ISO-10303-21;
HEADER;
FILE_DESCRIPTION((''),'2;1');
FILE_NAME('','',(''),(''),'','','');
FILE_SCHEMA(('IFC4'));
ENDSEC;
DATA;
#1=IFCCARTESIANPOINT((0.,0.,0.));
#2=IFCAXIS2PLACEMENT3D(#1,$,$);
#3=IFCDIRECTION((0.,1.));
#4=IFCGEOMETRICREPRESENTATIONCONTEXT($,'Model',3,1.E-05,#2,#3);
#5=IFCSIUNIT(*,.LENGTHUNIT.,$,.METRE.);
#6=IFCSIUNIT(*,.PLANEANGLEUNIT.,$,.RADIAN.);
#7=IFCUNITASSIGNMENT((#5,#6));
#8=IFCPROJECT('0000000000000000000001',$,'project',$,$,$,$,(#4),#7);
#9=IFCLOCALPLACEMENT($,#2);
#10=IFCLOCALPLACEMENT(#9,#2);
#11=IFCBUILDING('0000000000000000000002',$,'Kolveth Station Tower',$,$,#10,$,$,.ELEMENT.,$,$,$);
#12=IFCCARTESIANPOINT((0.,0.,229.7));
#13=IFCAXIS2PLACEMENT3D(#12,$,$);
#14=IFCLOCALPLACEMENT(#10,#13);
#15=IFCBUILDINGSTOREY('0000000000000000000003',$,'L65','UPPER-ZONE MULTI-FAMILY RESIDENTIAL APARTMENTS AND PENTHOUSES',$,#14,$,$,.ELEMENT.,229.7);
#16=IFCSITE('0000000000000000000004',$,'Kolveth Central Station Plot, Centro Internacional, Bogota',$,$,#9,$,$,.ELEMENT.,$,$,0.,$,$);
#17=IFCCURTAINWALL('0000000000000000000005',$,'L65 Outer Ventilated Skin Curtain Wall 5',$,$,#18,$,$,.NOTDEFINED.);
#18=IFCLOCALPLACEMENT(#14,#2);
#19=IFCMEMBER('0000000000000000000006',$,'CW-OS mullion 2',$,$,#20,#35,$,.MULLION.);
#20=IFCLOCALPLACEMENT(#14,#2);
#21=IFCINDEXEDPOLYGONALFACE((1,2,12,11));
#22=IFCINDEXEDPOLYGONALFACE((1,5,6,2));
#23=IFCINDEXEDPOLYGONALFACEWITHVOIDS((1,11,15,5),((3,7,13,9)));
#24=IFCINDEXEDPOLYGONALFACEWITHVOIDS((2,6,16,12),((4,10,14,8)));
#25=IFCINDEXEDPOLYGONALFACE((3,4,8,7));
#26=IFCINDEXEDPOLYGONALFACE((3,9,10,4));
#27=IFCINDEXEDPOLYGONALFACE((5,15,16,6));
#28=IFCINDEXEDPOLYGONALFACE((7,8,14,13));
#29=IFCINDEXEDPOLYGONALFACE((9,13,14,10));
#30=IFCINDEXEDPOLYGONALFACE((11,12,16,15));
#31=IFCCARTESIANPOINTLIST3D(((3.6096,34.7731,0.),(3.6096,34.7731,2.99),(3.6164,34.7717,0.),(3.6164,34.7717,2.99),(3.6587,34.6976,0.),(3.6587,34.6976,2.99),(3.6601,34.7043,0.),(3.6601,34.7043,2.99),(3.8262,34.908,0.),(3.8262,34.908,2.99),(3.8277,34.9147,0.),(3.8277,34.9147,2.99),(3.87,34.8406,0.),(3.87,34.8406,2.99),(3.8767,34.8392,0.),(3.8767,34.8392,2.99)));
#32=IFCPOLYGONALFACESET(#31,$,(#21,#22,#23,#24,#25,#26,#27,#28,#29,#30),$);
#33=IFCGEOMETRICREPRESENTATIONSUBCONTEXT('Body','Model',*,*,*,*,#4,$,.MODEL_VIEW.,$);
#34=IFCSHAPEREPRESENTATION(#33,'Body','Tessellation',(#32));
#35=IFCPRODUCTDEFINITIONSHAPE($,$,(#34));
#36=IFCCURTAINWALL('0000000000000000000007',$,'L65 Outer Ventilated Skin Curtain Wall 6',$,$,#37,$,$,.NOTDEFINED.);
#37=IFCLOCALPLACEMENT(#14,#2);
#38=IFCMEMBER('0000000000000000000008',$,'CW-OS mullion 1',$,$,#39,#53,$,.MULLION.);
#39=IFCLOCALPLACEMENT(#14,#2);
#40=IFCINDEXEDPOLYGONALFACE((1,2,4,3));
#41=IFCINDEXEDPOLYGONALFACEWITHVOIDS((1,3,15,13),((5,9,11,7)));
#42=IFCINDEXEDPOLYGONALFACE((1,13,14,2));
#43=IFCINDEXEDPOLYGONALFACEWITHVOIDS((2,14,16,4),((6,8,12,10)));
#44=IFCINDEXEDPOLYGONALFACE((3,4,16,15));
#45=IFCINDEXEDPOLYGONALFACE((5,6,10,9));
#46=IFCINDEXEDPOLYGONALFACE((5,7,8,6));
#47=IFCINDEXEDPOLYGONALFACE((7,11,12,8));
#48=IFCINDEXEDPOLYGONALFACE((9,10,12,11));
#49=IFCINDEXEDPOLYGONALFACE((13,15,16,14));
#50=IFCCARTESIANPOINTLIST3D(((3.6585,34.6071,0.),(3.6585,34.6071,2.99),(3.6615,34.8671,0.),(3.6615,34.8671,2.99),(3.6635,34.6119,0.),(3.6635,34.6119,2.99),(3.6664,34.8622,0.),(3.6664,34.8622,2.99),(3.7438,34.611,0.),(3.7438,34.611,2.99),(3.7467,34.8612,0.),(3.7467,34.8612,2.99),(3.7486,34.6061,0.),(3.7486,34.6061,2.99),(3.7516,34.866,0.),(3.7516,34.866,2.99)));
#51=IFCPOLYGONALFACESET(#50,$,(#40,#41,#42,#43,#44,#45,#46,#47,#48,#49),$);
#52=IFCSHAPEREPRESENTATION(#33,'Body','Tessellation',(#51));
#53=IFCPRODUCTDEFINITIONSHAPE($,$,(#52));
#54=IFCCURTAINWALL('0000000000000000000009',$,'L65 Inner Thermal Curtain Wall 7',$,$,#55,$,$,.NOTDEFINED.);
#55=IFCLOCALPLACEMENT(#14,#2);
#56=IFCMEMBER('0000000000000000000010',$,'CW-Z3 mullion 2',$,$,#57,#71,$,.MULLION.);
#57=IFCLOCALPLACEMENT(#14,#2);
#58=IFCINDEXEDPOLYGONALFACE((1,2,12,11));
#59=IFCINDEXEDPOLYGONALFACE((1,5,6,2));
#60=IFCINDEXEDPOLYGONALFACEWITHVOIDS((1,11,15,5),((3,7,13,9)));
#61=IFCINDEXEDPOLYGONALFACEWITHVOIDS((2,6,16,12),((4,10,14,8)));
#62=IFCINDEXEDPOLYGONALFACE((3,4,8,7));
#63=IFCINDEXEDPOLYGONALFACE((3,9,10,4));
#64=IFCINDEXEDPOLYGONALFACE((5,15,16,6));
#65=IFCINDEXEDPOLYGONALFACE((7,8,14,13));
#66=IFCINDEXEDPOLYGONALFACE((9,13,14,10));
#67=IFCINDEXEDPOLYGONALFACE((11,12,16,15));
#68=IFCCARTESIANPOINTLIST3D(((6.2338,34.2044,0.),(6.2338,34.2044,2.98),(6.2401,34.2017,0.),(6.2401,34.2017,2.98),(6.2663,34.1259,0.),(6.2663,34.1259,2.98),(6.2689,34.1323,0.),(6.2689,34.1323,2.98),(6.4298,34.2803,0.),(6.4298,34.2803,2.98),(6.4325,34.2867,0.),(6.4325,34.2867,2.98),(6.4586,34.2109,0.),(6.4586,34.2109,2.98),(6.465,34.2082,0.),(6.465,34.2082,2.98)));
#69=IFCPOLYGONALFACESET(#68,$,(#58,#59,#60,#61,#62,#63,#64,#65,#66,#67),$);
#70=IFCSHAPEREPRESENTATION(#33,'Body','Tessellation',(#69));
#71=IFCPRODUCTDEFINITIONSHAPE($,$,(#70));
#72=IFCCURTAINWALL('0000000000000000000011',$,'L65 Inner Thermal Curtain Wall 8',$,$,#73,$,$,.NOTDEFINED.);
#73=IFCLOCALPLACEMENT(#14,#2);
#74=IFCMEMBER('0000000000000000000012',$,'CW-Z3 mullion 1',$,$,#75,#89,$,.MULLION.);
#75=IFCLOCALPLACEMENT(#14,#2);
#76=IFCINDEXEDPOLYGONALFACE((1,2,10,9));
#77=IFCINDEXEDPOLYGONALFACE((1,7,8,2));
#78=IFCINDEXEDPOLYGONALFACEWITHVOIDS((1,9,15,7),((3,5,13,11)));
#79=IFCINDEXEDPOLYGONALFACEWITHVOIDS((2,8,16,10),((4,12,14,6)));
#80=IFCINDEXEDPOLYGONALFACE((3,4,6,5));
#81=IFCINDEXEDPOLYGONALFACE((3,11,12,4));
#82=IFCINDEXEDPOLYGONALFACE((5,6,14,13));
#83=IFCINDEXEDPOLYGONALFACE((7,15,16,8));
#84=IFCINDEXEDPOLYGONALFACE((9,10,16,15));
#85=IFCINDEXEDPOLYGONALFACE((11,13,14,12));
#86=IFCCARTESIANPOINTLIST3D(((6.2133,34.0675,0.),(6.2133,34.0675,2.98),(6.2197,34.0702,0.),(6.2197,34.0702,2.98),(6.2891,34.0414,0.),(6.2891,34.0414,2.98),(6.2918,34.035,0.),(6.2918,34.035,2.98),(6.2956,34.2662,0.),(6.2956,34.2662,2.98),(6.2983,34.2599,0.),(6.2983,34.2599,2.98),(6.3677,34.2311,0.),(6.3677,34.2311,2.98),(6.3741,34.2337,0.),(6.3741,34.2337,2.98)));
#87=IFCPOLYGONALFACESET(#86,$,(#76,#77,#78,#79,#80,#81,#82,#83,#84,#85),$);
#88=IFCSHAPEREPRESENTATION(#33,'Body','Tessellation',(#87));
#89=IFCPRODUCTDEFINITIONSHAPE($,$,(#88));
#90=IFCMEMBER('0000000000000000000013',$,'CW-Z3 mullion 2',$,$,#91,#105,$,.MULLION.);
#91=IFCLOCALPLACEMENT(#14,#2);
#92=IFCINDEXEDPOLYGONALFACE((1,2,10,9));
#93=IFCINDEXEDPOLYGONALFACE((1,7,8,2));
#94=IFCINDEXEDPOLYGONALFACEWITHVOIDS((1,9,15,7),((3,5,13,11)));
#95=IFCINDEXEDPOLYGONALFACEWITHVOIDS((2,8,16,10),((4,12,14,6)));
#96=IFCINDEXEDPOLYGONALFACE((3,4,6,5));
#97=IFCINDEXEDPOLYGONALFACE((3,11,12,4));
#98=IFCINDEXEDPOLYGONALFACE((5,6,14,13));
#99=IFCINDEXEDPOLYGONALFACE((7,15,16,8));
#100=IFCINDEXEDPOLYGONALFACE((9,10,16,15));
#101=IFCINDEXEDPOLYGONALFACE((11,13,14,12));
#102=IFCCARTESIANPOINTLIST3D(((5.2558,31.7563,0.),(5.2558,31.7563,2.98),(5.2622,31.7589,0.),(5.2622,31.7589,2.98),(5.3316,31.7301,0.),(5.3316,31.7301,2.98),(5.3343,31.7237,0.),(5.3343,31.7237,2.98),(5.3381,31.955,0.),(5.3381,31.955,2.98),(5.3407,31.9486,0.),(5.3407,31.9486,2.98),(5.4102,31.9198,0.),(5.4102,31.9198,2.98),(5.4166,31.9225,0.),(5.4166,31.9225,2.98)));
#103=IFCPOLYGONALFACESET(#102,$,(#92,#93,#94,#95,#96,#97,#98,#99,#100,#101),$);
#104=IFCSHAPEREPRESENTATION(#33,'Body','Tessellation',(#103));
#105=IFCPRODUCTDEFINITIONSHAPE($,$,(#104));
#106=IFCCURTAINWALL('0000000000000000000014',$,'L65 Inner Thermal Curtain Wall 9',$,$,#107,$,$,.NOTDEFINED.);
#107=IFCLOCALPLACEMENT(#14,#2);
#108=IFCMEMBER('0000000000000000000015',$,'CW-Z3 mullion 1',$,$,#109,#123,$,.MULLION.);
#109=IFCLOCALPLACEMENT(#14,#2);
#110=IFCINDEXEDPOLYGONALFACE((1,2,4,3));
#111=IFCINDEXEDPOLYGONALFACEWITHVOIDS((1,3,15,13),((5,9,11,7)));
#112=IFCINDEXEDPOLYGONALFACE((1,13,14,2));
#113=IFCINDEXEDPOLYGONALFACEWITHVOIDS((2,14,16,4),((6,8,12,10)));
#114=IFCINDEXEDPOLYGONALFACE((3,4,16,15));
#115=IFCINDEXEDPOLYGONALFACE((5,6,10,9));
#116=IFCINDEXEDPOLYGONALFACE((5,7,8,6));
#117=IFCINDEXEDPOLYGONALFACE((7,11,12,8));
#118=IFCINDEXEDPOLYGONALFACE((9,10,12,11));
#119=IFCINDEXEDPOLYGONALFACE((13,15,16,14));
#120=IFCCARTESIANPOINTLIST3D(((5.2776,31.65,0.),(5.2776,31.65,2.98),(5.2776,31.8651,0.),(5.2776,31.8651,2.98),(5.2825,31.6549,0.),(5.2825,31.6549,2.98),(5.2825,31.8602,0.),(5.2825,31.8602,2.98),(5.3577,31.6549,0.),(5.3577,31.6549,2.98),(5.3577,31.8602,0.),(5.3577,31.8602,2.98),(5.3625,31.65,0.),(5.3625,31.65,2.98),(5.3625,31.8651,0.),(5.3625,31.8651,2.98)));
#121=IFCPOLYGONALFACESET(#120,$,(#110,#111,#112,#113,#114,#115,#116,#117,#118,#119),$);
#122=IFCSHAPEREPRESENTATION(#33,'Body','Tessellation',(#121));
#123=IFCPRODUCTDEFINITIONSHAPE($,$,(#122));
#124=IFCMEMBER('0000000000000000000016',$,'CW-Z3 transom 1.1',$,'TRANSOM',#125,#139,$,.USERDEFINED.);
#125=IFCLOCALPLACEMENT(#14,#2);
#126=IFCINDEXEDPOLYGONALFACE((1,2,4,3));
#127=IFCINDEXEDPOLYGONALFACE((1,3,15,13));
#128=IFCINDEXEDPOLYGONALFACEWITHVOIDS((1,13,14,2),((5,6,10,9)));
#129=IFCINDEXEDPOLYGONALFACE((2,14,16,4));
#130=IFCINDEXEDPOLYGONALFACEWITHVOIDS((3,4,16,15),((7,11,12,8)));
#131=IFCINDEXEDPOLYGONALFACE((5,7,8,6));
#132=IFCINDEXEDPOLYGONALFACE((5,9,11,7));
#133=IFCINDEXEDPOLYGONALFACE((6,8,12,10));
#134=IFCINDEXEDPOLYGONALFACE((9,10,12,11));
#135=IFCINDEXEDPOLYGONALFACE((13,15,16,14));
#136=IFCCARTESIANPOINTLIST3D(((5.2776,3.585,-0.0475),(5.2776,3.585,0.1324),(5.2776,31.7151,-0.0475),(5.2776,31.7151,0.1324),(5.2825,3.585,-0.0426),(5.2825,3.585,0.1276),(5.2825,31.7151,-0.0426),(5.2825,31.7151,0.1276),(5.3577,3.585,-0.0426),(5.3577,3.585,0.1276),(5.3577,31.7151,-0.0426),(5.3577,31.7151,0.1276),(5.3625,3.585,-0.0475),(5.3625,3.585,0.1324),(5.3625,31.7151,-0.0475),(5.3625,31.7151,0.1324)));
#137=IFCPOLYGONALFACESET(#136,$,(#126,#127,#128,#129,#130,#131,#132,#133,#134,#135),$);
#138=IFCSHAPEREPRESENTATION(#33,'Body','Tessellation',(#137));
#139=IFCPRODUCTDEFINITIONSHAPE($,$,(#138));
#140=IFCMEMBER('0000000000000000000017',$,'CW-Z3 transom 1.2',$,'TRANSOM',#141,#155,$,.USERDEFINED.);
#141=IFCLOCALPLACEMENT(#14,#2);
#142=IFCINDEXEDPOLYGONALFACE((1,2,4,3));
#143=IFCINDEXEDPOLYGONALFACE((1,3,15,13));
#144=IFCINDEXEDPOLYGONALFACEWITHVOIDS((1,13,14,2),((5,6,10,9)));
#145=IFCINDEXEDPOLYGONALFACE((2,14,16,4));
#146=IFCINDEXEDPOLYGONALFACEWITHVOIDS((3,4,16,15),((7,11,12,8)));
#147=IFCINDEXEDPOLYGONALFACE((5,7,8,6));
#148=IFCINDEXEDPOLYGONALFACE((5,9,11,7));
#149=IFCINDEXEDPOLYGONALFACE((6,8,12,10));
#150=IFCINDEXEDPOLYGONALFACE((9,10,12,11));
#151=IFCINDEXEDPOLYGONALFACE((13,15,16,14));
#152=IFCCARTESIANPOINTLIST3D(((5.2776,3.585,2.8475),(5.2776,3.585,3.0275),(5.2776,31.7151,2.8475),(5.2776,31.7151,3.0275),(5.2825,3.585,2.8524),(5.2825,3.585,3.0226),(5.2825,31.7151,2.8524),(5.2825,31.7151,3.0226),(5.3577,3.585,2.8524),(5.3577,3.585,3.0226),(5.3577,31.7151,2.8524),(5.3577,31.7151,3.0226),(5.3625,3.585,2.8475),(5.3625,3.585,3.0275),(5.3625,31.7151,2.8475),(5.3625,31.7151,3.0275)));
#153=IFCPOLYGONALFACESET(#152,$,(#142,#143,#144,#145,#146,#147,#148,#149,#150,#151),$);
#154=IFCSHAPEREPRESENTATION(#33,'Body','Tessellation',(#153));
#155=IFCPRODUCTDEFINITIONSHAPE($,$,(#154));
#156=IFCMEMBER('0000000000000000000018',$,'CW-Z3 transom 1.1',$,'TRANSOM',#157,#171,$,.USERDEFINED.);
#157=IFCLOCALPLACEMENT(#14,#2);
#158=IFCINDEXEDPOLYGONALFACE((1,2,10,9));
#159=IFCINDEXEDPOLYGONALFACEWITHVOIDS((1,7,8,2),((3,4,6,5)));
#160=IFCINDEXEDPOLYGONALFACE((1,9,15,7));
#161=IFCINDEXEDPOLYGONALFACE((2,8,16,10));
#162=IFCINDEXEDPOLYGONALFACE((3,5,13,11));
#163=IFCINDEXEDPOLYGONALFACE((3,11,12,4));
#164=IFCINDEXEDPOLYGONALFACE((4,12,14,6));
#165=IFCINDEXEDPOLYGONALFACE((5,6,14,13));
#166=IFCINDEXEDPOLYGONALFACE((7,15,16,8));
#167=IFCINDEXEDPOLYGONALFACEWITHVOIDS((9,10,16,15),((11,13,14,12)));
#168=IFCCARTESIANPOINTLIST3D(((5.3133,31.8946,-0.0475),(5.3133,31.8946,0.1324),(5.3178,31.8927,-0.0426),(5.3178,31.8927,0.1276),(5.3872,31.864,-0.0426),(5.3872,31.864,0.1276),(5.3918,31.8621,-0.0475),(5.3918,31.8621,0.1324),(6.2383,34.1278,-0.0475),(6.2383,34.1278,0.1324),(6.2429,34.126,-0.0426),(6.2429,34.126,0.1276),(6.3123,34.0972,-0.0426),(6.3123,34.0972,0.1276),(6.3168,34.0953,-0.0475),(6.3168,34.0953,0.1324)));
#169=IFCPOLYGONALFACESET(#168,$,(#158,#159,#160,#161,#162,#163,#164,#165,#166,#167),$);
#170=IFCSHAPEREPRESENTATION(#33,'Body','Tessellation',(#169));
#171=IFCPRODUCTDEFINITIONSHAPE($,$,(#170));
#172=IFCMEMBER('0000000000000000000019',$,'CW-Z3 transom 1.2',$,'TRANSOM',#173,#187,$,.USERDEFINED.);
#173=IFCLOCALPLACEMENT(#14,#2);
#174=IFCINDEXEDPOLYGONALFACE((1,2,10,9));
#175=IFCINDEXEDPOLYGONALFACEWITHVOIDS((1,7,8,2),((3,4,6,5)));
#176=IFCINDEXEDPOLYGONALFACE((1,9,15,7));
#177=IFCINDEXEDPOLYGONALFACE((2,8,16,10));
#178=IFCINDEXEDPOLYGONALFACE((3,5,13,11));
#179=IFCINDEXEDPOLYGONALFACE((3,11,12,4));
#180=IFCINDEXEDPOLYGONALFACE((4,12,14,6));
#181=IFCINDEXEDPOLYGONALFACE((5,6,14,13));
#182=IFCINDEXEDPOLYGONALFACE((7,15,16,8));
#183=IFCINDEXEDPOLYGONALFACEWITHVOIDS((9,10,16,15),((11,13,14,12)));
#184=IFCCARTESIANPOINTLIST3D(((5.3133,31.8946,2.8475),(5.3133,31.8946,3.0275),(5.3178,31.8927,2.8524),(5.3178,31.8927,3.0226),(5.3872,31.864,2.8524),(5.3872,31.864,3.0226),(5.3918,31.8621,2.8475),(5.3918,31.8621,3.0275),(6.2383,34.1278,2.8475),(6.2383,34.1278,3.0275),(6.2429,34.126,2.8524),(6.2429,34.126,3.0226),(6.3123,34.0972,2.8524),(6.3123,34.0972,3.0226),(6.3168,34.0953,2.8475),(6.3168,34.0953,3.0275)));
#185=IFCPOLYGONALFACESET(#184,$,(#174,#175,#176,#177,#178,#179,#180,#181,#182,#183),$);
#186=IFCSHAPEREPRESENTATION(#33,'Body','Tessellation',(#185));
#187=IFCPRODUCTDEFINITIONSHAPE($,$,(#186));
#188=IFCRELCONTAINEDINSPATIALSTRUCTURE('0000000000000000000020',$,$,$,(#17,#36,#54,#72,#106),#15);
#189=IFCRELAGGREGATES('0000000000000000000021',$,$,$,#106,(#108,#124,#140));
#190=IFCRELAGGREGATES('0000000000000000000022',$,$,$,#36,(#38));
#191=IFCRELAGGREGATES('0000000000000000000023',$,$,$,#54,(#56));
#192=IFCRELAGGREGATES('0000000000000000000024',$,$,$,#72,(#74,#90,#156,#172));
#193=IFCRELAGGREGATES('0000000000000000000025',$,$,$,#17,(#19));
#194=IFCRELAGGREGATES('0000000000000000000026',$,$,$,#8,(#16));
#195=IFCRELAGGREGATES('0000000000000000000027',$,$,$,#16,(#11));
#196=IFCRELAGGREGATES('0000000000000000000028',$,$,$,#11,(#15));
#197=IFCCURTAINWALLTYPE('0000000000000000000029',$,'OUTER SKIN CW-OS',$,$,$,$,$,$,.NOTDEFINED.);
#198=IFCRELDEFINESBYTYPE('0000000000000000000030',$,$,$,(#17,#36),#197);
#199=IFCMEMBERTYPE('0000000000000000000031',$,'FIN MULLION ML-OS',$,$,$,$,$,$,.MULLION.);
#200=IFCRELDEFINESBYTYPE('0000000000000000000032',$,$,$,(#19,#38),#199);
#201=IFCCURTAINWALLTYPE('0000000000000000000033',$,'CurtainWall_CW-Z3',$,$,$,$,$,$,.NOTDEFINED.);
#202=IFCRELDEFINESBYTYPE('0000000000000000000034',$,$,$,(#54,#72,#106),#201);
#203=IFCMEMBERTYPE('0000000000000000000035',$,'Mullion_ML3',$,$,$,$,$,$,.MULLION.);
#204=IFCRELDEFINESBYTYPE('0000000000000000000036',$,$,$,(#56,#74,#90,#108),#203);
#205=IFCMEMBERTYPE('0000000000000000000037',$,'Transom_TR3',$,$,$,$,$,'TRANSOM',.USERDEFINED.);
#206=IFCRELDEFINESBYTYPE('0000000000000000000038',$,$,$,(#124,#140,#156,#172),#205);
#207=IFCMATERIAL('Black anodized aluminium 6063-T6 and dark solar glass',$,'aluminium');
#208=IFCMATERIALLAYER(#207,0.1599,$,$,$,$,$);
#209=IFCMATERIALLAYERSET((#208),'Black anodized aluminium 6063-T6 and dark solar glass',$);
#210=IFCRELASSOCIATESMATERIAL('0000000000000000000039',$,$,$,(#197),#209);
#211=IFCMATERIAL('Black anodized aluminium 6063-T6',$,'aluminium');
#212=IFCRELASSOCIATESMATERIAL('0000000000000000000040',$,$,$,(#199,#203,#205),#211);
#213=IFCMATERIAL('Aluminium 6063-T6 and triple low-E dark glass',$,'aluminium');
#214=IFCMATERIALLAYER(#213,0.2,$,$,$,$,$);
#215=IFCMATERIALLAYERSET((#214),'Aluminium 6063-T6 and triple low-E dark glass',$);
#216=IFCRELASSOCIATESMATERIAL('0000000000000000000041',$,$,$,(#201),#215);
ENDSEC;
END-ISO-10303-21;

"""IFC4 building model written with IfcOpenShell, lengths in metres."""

from ifc_helpers import new_model, si_unit, direction, frame, origin, origin_2d, place, context, subcontext, project, spatial, hollow_rectangle, extrude, source, transform, mapped, material, layer, layer_set, material_profile, profile_set, type_object, element, aggregate, save


model = new_model("IFC4")

# Units and contexts
model_context = context("Model", 3, precision=1e-05, world=origin(), true_north=direction((0.0, 1.0)))
body_context = subcontext(model_context, "Body", "Model", "MODEL_VIEW")
ifc_project = project(units=[si_unit("LENGTHUNIT", "METRE"), si_unit("PLANEANGLEUNIT", "RADIAN")], contexts=[model_context])

# Site, building, storey
site_placement = place(None, origin())
site = spatial("IfcSite", under=ifc_project, at=site_placement, Name="Kolveth Central Station Plot, Centro Internacional, Bogota", CompositionType="ELEMENT", RefElevation=0.0)
building_placement = place(site_placement, origin())
building = spatial("IfcBuilding", under=site, at=building_placement, Name="Kolveth Station Tower", CompositionType="ELEMENT")
storey_placement = place(building_placement, frame((0.0, 0.0, 229.7)))
storey = spatial("IfcBuildingStorey", under=building, at=storey_placement, Name="L65", Description="UPPER-ZONE MULTI-FAMILY RESIDENTIAL APARTMENTS AND PENTHOUSES", CompositionType="ELEMENT", Elevation=229.7)

# Curtain walls, members
ifc_material_1 = material(Name="Black anodized aluminium 6063-T6 and dark solar glass", Category="aluminium")
ifc_layer_1 = layer(ifc_material_1, 0.1599)
ifc_layer_set_1 = layer_set([ifc_layer_1], Name="Black anodized aluminium 6063-T6 and dark solar glass")
curtain_wall_type_1 = type_object("IfcCurtainWallType", Name="OUTER SKIN CW-OS", PredefinedType="NOTDEFINED", material=ifc_layer_set_1)
curtain_wall_1_placement = place(storey_placement, origin())
curtain_wall_1 = element("IfcCurtainWall", 1, at=curtain_wall_1_placement, inside=storey, type_object=curtain_wall_type_1, Name="L65 Outer Ventilated Skin Curtain Wall 5", PredefinedType="NOTDEFINED")
ifc_material_2 = material(Name="Black anodized aluminium 6063-T6", Category="aluminium")
ifc_material_profile_1 = material_profile(ifc_material_2, hollow_rectangle(XDim=0.0901, YDim=0.26, WallThickness=0.0049, at=origin_2d()), Name="ALU-90x260x5")
ifc_profile_set_1 = profile_set([ifc_material_profile_1], Name="Black anodized aluminium 6063-T6")
member_type_1 = type_object("IfcMemberType", Name="FIN MULLION ML-OS", PredefinedType="MULLION", material=ifc_profile_set_1)
shared_shape_1 = source(origin(), body_context, "Body", "SweptSolid", [
    extrude(hollow_rectangle(XDim=0.0901, YDim=0.26, WallThickness=0.0049, at=origin_2d()), origin(), (0.0, 0.0, 1.0), 2.99),
])
member_1_placement = place(storey_placement, frame((3.7432, 34.8062, 0.0), z_axis=(0.0, 0.0, 1.0), x_axis=(0.544567, -0.838717, 0.0)))
member_1 = element("IfcMember", 2, at=member_1_placement, type_object=member_type_1, Name="CW-OS mullion 2", PredefinedType="MULLION", context=body_context, shape_type="MappedRepresentation", body=[
    mapped(shared_shape_1, transform((0.0, 0.0, 0.0), x_axis=(1.0, 0.0, 0.0), y_axis=(0.0, 1.0, 0.0), z_axis=(0.0, 0.0, 1.0), scale=1.0)),
])
curtain_wall_2_placement = place(storey_placement, origin())
curtain_wall_2 = element("IfcCurtainWall", 3, at=curtain_wall_2_placement, inside=storey, type_object=curtain_wall_type_1, Name="L65 Outer Ventilated Skin Curtain Wall 6", PredefinedType="NOTDEFINED")
member_2_placement = place(storey_placement, frame((3.7051, 34.7366, 0.0), z_axis=(0.0, 0.0, 1.0), x_axis=(0.999933, -0.011561, 0.0)))
member_2 = element("IfcMember", 4, at=member_2_placement, type_object=member_type_1, Name="CW-OS mullion 1", PredefinedType="MULLION", context=body_context, shape_type="MappedRepresentation", body=[
    mapped(shared_shape_1, transform((0.0, 0.0, 0.0), x_axis=(1.0, 0.0, 0.0), y_axis=(0.0, 1.0, 0.0), z_axis=(0.0, 0.0, 1.0), scale=1.0)),
])
ifc_material_3 = material(Name="Aluminium 6063-T6 and triple low-E dark glass", Category="aluminium")
ifc_layer_2 = layer(ifc_material_3, 0.2)
ifc_layer_set_2 = layer_set([ifc_layer_2], Name="Aluminium 6063-T6 and triple low-E dark glass")
curtain_wall_type_2 = type_object("IfcCurtainWallType", Name="CurtainWall_CW-Z3", PredefinedType="NOTDEFINED", material=ifc_layer_set_2)
curtain_wall_3_placement = place(storey_placement, origin())
curtain_wall_3 = element("IfcCurtainWall", 5, at=curtain_wall_3_placement, inside=storey, type_object=curtain_wall_type_2, Name="L65 Inner Thermal Curtain Wall 7", PredefinedType="NOTDEFINED")
ifc_material_profile_2 = material_profile(ifc_material_2, hollow_rectangle(XDim=0.085, YDim=0.2151, WallThickness=0.0049, at=origin_2d()), Name="ALU-85x215x5")
ifc_profile_set_2 = profile_set([ifc_material_profile_2], Name="Black anodized aluminium 6063-T6")
member_type_2 = type_object("IfcMemberType", Name="Mullion_ML3", PredefinedType="MULLION", material=ifc_profile_set_2)
shared_shape_2 = source(origin(), body_context, "Body", "SweptSolid", [
    extrude(hollow_rectangle(XDim=0.085, YDim=0.2151, WallThickness=0.0049, at=origin_2d()), origin(), (0.0, 0.0, 1.0), 2.98),
])
member_3_placement = place(storey_placement, frame((6.3494, 34.2063, 0.0), z_axis=(0.0, 0.0, 1.0), x_axis=(0.382693, -0.923875, 0.0)))
member_3 = element("IfcMember", 6, at=member_3_placement, type_object=member_type_2, Name="CW-Z3 mullion 2", PredefinedType="MULLION", context=body_context, shape_type="MappedRepresentation", body=[
    mapped(shared_shape_2, transform((0.0, 0.0, 0.0), x_axis=(1.0, 0.0, 0.0), y_axis=(0.0, 1.0, 0.0), z_axis=(0.0, 0.0, 1.0), scale=1.0)),
])

# Curtain walls, members
curtain_wall_4_placement = place(storey_placement, origin())
curtain_wall_4 = element("IfcCurtainWall", 7, at=curtain_wall_4_placement, inside=storey, type_object=curtain_wall_type_2, Name="L65 Inner Thermal Curtain Wall 8", PredefinedType="NOTDEFINED")
member_4_placement = place(storey_placement, frame((6.2937, 34.1506, 0.0), z_axis=(0.0, 0.0, 1.0), x_axis=(0.923875, -0.382693, 0.0)))
member_4 = element("IfcMember", 8, at=member_4_placement, type_object=member_type_2, Name="CW-Z3 mullion 1", PredefinedType="MULLION", context=body_context, shape_type="MappedRepresentation", body=[
    mapped(shared_shape_2, transform((0.0, 0.0, 0.0), x_axis=(1.0, 0.0, 0.0), y_axis=(0.0, 1.0, 0.0), z_axis=(0.0, 0.0, 1.0), scale=1.0)),
])
member_5_placement = place(storey_placement, frame((5.3362, 31.8394, 0.0), z_axis=(0.0, 0.0, 1.0), x_axis=(0.923875, -0.382693, 0.0)))
member_5 = element("IfcMember", 9, at=member_5_placement, type_object=member_type_2, Name="CW-Z3 mullion 2", PredefinedType="MULLION", context=body_context, shape_type="MappedRepresentation", body=[
    mapped(shared_shape_2, transform((0.0, 0.0, 0.0), x_axis=(1.0, 0.0, 0.0), y_axis=(0.0, 1.0, 0.0), z_axis=(0.0, 0.0, 1.0), scale=1.0)),
])
curtain_wall_5_placement = place(storey_placement, origin())
curtain_wall_5 = element("IfcCurtainWall", 10, at=curtain_wall_5_placement, inside=storey, type_object=curtain_wall_type_2, Name="L65 Inner Thermal Curtain Wall 9", PredefinedType="NOTDEFINED")
member_6_placement = place(storey_placement, frame((5.3201, 31.7576, 0.0), z_axis=(0.0, 0.0, 1.0), x_axis=(1.0, 0.0, 0.0)))
member_6 = element("IfcMember", 11, at=member_6_placement, type_object=member_type_2, Name="CW-Z3 mullion 1", PredefinedType="MULLION", context=body_context, shape_type="MappedRepresentation", body=[
    mapped(shared_shape_2, transform((0.0, 0.0, 0.0), x_axis=(1.0, 0.0, 0.0), y_axis=(0.0, 1.0, 0.0), z_axis=(0.0, 0.0, 1.0), scale=1.0)),
])
ifc_material_profile_3 = material_profile(ifc_material_2, hollow_rectangle(XDim=0.085, YDim=0.1799, WallThickness=0.0049, at=origin_2d()), Name="ALU-85x180x5")
ifc_profile_set_3 = profile_set([ifc_material_profile_3], Name="Black anodized aluminium 6063-T6")
member_type_3 = type_object("IfcMemberType", Name="Transom_TR3", ElementType="TRANSOM", PredefinedType="USERDEFINED", material=ifc_profile_set_3)
shared_shape_3 = source(origin(), body_context, "Body", "SweptSolid", [
    extrude(hollow_rectangle(XDim=0.085, YDim=0.1799, WallThickness=0.0049, at=origin_2d()), origin(), (0.0, 0.0, 1.0), 28.1301),
])
member_7_placement = place(storey_placement, frame((5.3201, 31.7151, 0.0425), z_axis=(0.0, -1.0, 0.0), x_axis=(1.0, 0.0, 0.0)))
member_7 = element("IfcMember", 12, at=member_7_placement, type_object=member_type_3, Name="CW-Z3 transom 1.1", ObjectType="TRANSOM", PredefinedType="USERDEFINED", context=body_context, shape_type="MappedRepresentation", body=[
    mapped(shared_shape_3, transform((0.0, 0.0, 0.0), x_axis=(1.0, 0.0, 0.0), y_axis=(0.0, 1.0, 0.0), z_axis=(0.0, 0.0, 1.0), scale=1.0)),
])
member_8_placement = place(storey_placement, frame((5.3201, 31.7151, 2.9375), z_axis=(0.0, -1.0, 0.0), x_axis=(1.0, 0.0, 0.0)))
member_8 = element("IfcMember", 13, at=member_8_placement, type_object=member_type_3, Name="CW-Z3 transom 1.2", ObjectType="TRANSOM", PredefinedType="USERDEFINED", context=body_context, shape_type="MappedRepresentation", body=[
    mapped(shared_shape_3, transform((0.0, 0.0, 0.0), x_axis=(1.0, 0.0, 0.0), y_axis=(0.0, 1.0, 0.0), z_axis=(0.0, 0.0, 1.0), scale=1.0)),
])
aggregate(curtain_wall_5, [member_6, member_7, member_8])

# Members
shared_shape_4 = source(origin(), body_context, "Body", "SweptSolid", [
    extrude(hollow_rectangle(XDim=0.085, YDim=0.1799, WallThickness=0.0049, at=origin_2d()), origin(), (0.0, 0.0, 1.0), 2.4172),
])
member_9_placement = place(storey_placement, frame((6.2776, 34.1116, 0.0425), z_axis=(-0.3827, -0.923873, 0.0), x_axis=(0.923873, -0.3827, 0.0)))
member_9 = element("IfcMember", 14, at=member_9_placement, type_object=member_type_3, Name="CW-Z3 transom 1.1", ObjectType="TRANSOM", PredefinedType="USERDEFINED", context=body_context, shape_type="MappedRepresentation", body=[
    mapped(shared_shape_4, transform((0.0, 0.0, 0.0), x_axis=(1.0, 0.0, 0.0), y_axis=(0.0, 1.0, 0.0), z_axis=(0.0, 0.0, 1.0), scale=1.0)),
])
member_10_placement = place(storey_placement, frame((6.2776, 34.1116, 2.9375), z_axis=(-0.3827, -0.923873, 0.0), x_axis=(0.923873, -0.3827, 0.0)))
member_10 = element("IfcMember", 15, at=member_10_placement, type_object=member_type_3, Name="CW-Z3 transom 1.2", ObjectType="TRANSOM", PredefinedType="USERDEFINED", context=body_context, shape_type="MappedRepresentation", body=[
    mapped(shared_shape_4, transform((0.0, 0.0, 0.0), x_axis=(1.0, 0.0, 0.0), y_axis=(0.0, 1.0, 0.0), z_axis=(0.0, 0.0, 1.0), scale=1.0)),
])
aggregate(curtain_wall_2, [member_2])

aggregate(curtain_wall_3, [member_3])
aggregate(curtain_wall_4, [member_4, member_5, member_9, member_10])
aggregate(curtain_wall_1, [member_1])

save(model, "model.ifc")
